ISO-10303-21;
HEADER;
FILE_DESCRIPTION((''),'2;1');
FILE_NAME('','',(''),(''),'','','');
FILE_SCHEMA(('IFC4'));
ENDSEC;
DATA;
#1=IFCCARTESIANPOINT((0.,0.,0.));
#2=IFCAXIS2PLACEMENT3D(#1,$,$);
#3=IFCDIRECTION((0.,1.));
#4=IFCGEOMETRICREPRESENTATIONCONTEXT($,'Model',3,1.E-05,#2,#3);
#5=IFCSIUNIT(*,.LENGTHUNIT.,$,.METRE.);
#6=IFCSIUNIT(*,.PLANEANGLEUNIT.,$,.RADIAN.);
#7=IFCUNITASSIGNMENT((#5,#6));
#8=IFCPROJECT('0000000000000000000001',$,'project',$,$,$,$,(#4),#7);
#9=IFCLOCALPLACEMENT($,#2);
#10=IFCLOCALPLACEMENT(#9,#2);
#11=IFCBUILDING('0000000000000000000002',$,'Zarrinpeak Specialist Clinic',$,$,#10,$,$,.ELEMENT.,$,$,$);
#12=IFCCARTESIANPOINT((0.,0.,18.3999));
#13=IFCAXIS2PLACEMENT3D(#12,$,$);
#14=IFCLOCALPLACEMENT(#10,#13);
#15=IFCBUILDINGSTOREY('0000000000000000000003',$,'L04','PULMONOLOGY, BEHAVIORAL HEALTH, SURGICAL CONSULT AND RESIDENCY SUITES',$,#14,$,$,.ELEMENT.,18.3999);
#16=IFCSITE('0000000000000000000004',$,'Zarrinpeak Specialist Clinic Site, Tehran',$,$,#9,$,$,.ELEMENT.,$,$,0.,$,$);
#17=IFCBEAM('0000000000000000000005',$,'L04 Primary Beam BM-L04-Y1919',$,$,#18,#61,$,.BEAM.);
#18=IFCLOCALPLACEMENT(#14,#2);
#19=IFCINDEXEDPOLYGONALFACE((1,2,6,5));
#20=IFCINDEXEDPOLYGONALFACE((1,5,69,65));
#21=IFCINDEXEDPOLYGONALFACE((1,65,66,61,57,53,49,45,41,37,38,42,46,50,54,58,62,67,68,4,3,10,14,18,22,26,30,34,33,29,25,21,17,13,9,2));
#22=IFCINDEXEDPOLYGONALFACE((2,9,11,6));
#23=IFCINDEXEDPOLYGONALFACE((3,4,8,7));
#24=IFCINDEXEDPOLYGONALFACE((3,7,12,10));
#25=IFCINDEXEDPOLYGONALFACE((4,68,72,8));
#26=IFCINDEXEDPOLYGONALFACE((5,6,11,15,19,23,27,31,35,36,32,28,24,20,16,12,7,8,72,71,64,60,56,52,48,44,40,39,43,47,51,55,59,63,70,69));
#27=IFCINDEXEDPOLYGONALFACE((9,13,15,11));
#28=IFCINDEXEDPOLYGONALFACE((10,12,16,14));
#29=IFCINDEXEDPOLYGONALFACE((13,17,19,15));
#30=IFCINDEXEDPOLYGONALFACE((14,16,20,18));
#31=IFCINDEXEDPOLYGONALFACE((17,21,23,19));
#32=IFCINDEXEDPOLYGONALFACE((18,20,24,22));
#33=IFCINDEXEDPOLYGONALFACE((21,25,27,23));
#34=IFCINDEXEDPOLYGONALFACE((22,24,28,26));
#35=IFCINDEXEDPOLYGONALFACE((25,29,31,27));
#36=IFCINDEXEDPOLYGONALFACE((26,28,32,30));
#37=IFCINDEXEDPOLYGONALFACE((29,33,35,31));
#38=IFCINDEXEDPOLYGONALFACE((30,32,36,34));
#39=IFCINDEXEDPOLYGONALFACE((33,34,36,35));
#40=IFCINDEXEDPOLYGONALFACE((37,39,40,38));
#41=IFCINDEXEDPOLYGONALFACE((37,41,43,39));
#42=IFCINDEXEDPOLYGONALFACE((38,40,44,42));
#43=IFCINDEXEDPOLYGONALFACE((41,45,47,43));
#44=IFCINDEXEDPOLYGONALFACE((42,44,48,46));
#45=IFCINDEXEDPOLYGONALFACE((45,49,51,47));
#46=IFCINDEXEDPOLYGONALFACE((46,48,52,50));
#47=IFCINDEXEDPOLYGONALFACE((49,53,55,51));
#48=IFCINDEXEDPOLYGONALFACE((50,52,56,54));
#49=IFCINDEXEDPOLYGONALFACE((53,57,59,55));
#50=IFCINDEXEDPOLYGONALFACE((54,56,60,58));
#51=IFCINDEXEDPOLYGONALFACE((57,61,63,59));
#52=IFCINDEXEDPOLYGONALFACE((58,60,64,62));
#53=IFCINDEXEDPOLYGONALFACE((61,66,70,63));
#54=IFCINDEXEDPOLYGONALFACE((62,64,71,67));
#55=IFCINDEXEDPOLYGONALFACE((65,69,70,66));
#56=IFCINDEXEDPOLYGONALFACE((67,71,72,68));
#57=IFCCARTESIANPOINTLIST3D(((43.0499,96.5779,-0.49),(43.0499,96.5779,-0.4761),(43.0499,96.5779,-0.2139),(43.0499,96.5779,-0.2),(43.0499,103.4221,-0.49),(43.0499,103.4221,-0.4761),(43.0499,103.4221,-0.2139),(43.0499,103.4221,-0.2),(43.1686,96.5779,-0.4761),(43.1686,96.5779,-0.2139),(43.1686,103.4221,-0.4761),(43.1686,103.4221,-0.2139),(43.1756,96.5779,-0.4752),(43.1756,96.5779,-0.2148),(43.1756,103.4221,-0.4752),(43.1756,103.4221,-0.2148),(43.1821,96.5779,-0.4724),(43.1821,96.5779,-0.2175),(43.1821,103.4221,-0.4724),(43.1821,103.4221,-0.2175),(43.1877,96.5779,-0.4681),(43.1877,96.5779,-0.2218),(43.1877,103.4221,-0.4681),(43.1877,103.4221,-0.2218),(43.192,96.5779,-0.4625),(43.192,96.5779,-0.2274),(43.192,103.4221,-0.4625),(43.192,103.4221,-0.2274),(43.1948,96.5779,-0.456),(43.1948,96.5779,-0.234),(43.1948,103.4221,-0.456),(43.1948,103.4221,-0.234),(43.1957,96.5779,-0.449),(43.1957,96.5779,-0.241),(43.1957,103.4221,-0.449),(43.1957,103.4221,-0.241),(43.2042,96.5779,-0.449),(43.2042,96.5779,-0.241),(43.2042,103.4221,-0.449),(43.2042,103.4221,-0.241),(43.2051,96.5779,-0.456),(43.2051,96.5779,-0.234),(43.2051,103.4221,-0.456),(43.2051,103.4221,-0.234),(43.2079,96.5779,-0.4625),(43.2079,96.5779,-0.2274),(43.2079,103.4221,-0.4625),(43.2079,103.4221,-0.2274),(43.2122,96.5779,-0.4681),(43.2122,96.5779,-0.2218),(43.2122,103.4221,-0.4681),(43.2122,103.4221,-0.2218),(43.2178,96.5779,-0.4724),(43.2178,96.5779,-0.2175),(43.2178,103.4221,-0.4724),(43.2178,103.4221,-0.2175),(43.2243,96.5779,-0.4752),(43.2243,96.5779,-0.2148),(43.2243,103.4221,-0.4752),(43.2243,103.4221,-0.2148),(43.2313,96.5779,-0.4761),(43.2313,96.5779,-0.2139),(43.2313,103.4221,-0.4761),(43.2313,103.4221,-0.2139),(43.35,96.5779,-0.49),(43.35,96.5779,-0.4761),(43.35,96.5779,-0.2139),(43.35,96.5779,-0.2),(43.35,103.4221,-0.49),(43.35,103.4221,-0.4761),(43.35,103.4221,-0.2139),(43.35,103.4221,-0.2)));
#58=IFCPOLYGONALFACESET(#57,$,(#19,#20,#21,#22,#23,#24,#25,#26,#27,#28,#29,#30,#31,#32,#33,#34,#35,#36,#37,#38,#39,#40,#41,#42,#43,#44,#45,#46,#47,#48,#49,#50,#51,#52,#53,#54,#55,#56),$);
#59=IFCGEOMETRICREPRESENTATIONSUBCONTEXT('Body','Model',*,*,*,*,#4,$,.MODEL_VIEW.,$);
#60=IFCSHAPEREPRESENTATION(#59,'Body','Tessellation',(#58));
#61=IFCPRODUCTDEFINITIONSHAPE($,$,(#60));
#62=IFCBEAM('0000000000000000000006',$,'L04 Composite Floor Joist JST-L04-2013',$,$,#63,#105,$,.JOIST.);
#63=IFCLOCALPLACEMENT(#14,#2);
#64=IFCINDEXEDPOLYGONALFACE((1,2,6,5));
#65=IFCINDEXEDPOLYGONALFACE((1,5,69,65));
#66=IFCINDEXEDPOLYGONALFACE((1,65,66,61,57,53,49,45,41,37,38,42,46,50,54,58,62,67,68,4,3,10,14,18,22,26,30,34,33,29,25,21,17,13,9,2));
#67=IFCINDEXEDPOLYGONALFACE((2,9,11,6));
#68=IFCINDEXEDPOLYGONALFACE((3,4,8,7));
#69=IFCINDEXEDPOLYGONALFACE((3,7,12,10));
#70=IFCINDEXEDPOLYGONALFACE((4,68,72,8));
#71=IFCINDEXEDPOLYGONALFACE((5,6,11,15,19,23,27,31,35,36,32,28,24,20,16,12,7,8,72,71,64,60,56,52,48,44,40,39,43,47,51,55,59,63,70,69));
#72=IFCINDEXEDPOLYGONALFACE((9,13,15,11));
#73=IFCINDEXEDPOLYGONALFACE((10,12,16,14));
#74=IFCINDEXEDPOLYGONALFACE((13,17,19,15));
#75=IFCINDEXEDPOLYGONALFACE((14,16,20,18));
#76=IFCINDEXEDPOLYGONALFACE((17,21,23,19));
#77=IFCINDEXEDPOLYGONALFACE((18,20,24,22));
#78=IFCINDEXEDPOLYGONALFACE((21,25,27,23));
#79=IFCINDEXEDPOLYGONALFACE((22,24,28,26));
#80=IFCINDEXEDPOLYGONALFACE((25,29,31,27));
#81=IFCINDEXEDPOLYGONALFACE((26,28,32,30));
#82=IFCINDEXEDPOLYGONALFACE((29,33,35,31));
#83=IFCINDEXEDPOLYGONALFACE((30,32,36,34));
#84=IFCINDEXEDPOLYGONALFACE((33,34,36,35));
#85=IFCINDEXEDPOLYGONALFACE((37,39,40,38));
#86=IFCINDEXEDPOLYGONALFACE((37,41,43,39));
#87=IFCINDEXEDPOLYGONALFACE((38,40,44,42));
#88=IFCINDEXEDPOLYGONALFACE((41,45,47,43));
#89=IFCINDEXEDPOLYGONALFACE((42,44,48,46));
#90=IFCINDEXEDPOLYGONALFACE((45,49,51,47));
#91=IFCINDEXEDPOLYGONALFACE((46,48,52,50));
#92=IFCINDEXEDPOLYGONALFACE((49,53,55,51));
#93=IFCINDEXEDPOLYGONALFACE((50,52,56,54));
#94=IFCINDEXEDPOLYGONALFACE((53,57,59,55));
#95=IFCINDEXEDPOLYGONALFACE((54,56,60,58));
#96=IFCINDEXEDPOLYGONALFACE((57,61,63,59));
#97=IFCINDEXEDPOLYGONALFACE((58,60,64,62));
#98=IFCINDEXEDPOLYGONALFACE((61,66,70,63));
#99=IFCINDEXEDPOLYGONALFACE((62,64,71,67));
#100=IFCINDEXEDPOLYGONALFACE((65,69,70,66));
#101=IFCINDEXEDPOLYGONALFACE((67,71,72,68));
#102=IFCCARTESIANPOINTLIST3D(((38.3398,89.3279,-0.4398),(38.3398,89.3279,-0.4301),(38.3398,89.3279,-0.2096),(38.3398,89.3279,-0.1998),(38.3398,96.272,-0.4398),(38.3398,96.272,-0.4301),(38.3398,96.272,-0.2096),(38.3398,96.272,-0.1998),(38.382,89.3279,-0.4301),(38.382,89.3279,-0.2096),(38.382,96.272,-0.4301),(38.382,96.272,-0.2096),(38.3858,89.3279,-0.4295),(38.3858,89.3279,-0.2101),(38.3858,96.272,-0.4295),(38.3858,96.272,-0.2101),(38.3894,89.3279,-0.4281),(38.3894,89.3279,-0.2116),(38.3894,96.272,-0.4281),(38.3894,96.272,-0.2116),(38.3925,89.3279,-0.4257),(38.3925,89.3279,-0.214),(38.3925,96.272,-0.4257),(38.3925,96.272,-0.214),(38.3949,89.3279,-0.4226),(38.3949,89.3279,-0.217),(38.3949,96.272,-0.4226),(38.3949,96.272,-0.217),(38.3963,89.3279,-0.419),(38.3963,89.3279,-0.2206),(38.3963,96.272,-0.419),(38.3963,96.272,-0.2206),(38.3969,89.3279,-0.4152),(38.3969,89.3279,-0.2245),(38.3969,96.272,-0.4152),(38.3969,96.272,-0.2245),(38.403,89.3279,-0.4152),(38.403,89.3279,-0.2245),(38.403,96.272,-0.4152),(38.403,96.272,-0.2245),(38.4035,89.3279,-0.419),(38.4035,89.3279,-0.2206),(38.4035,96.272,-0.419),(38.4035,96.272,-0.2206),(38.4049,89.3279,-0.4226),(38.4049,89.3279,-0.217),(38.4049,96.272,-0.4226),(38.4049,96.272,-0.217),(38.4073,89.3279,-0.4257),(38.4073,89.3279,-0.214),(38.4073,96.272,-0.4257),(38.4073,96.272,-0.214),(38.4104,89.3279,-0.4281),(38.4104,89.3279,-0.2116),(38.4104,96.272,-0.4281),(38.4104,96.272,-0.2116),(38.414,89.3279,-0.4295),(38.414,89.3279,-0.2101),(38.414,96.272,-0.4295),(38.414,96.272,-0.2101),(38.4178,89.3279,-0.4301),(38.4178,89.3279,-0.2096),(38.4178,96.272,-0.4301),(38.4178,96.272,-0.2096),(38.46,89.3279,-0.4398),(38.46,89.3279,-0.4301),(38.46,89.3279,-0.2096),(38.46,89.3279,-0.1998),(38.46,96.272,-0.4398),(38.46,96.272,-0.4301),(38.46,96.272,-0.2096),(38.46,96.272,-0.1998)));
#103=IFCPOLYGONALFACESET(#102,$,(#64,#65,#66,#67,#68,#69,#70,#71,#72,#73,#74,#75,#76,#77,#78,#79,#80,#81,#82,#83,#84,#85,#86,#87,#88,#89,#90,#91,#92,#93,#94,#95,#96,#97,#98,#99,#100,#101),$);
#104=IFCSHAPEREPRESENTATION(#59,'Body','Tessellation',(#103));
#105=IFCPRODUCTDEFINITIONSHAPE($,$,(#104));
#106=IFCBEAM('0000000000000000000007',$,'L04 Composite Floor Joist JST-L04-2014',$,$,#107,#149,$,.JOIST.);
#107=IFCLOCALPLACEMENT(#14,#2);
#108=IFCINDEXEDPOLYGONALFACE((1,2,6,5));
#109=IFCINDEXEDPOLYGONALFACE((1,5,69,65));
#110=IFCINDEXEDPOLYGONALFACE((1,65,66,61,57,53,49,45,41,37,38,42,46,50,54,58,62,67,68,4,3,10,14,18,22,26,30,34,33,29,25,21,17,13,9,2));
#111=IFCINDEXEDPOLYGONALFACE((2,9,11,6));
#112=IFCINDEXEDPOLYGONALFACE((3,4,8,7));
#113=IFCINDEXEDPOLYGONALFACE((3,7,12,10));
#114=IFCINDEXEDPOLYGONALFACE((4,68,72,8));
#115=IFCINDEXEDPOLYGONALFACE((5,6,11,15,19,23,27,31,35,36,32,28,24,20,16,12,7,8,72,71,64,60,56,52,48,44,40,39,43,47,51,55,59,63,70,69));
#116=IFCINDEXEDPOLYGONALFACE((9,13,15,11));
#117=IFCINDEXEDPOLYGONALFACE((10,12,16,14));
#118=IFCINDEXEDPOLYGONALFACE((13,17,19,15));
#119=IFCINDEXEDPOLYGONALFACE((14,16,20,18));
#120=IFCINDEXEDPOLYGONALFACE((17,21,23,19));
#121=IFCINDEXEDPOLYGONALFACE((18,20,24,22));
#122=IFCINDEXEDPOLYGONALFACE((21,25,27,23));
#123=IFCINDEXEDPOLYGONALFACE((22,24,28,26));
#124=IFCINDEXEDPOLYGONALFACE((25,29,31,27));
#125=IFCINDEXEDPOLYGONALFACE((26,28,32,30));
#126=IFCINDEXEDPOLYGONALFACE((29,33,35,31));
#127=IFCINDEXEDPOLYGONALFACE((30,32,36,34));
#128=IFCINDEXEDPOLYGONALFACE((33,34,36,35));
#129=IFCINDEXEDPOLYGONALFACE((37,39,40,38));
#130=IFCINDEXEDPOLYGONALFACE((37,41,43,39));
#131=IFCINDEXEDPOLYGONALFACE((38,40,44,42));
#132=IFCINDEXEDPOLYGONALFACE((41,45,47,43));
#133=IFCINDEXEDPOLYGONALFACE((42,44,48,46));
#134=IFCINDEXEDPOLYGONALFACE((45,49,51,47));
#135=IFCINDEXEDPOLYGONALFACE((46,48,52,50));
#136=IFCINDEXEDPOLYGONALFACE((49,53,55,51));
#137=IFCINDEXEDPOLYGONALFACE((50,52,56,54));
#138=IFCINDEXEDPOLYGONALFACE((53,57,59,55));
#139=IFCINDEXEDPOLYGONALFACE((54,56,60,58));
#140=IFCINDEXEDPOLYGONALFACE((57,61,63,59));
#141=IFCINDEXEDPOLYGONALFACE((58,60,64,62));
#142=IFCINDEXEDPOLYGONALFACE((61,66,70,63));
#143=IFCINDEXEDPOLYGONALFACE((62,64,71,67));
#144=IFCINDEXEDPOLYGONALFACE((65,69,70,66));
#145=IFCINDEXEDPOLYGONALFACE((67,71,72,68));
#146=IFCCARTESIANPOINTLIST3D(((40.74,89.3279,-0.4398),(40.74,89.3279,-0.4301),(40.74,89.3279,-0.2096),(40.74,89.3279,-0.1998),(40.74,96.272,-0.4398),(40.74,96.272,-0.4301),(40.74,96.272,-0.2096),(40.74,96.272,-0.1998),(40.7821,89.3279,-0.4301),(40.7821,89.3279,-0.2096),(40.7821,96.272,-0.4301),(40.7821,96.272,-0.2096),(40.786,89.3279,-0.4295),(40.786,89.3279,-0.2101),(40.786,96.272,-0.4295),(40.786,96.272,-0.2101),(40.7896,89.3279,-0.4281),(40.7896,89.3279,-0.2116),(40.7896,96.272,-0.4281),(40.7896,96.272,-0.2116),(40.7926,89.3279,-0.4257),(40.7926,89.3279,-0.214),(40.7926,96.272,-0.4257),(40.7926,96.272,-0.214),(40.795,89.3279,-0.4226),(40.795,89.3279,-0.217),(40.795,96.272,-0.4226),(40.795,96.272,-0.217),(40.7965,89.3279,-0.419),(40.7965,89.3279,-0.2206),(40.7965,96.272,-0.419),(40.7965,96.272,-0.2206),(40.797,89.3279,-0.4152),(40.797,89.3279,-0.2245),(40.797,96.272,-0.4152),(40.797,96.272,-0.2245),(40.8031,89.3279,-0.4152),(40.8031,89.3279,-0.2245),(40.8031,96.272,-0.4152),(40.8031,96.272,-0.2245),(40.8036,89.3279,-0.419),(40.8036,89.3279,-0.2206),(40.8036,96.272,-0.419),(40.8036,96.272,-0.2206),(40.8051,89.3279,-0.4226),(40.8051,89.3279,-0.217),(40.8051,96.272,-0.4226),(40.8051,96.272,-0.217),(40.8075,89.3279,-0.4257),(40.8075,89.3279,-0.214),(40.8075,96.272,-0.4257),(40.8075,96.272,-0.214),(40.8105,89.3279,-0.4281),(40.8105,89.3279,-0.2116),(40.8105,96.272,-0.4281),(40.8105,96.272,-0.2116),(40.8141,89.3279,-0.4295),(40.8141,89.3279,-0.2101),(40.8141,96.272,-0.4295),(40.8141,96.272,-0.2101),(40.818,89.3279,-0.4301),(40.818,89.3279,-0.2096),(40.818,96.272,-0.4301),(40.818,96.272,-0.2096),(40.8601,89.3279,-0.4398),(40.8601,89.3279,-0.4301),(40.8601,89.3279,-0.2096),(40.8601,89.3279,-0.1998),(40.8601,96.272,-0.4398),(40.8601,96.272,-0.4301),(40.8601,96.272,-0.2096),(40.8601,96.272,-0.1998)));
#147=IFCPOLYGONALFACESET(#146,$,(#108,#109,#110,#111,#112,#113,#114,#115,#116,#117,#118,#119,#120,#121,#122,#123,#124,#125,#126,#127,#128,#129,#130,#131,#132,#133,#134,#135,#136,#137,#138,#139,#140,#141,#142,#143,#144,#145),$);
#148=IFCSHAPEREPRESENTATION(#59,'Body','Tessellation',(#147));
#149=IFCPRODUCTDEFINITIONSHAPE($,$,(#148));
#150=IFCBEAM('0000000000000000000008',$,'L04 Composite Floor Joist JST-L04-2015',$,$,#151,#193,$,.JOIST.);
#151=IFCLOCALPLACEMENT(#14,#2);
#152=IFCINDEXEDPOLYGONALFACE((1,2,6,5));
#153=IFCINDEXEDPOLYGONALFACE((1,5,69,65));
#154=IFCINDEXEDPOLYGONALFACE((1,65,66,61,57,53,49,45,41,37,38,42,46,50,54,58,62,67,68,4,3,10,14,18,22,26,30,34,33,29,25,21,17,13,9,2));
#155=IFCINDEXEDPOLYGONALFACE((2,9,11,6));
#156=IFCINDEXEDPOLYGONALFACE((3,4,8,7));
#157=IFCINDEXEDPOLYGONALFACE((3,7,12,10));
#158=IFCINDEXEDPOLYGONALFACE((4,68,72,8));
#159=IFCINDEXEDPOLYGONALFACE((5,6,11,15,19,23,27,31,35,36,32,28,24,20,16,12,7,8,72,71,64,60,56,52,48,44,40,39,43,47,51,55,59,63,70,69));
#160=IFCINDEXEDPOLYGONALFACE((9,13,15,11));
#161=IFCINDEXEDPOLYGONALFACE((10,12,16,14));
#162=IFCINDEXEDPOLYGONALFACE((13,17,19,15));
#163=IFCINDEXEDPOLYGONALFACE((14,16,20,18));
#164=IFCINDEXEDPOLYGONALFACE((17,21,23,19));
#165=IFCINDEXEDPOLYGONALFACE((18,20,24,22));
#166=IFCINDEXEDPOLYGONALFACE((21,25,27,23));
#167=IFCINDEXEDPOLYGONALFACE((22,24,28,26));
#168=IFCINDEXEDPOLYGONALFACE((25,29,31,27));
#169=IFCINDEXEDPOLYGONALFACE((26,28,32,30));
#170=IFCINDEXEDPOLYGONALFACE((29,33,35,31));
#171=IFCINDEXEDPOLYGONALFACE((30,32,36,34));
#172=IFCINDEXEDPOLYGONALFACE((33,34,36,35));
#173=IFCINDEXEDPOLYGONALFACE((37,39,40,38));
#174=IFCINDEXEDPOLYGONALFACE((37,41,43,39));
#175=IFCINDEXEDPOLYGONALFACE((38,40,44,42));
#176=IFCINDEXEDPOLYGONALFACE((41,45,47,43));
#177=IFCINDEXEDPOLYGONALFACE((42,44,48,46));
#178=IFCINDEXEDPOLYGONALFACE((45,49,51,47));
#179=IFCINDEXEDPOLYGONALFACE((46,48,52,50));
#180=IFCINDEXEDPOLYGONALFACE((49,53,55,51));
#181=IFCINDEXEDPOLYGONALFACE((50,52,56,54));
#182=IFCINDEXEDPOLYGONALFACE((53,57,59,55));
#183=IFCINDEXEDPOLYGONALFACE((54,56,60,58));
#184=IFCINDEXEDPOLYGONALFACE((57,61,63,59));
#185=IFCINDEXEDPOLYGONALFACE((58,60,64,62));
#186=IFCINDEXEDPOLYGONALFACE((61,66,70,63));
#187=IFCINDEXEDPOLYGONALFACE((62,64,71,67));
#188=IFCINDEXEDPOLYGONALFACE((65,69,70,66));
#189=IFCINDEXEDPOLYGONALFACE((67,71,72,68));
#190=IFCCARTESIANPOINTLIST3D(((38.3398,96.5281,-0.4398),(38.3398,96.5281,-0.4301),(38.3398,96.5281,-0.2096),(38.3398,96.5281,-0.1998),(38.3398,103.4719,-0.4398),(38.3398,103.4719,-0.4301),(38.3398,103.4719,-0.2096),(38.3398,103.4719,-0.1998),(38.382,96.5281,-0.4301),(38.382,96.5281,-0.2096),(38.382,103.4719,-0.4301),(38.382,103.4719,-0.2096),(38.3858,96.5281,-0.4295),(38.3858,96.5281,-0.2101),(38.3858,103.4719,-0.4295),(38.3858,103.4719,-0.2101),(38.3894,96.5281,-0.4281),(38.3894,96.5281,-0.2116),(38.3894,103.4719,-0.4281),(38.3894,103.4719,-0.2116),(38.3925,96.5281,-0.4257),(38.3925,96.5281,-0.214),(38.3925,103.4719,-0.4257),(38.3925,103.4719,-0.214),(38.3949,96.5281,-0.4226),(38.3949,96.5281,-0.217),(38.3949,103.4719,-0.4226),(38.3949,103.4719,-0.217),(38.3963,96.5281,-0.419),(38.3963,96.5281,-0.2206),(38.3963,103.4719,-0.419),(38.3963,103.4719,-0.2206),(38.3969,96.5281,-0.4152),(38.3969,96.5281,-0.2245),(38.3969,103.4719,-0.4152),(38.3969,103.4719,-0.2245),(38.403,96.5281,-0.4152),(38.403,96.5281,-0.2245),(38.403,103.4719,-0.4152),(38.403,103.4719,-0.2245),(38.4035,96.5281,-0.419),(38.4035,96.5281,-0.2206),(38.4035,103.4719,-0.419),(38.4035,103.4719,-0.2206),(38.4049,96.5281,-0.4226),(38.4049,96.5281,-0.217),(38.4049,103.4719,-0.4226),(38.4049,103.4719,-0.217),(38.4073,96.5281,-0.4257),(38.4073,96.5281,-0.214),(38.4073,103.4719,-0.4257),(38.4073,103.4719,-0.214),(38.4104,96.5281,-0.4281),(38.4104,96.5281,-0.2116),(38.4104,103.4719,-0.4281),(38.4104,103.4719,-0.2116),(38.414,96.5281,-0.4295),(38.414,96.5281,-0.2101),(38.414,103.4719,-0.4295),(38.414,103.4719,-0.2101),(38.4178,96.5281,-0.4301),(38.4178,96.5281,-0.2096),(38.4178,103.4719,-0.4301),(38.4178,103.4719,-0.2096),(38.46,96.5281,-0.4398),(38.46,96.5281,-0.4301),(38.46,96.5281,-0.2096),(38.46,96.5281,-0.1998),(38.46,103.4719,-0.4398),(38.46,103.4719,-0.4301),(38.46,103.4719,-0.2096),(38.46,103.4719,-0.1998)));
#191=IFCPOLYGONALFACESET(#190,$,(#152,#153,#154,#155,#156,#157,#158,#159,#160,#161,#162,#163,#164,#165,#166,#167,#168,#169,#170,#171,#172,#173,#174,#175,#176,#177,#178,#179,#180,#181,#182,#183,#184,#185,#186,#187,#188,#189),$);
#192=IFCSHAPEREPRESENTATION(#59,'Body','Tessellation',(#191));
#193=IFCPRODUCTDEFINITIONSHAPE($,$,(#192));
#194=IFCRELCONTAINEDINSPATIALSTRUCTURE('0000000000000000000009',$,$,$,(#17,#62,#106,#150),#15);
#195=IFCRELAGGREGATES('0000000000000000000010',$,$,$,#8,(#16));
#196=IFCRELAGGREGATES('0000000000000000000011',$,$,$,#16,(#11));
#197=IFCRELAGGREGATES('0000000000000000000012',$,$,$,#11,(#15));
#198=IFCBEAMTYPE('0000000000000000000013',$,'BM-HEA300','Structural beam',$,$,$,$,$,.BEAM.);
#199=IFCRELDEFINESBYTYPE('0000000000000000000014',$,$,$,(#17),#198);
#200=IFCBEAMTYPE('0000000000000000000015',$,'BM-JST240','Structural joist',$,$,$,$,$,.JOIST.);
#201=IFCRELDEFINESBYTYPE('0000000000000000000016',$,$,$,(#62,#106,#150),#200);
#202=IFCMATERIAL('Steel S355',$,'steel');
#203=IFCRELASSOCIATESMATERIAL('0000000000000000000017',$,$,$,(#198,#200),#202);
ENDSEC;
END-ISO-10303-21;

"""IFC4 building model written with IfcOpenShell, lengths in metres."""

from ifc_helpers import new_model, si_unit, direction, frame, origin, origin_2d, place, context, subcontext, project, spatial, i_section, extrude, material, material_profile, profile_set, type_object, element, save


model = new_model("IFC4")

# Units and contexts
model_context = context("Model", 3, precision=1e-05, world=origin(), true_north=direction((0.0, 1.0)))
body_context = subcontext(model_context, "Body", "Model", "MODEL_VIEW")
ifc_project = project(units=[si_unit("LENGTHUNIT", "METRE"), si_unit("PLANEANGLEUNIT", "RADIAN")], contexts=[model_context])

# Site, building, storey
site_placement = place(None, origin())
site = spatial("IfcSite", under=ifc_project, at=site_placement, Name="Zarrinpeak Specialist Clinic Site, Tehran", CompositionType="ELEMENT", RefElevation=0.0)
building_placement = place(site_placement, origin())
building = spatial("IfcBuilding", under=site, at=building_placement, Name="Zarrinpeak Specialist Clinic", CompositionType="ELEMENT")
storey_placement = place(building_placement, frame((0.0, 0.0, 18.3999)))
storey = spatial("IfcBuildingStorey", under=building, at=storey_placement, Name="L04", Description="PULMONOLOGY, BEHAVIORAL HEALTH, SURGICAL CONSULT AND RESIDENCY SUITES", CompositionType="ELEMENT", Elevation=18.3999)

# Shared definitions
ifc_material_1 = material(Name="Steel S355", Category="steel")

# Beams
ifc_material_profile_1 = material_profile(ifc_material_1, i_section(OverallWidth=0.3, OverallDepth=0.29, WebThickness=0.0085, FlangeThickness=0.0139, FilletRadius=0.0271, at=origin_2d()), Name="HEA 300")
ifc_profile_set_1 = profile_set([ifc_material_profile_1], Name="Steel S355")
beam_type_1 = type_object("IfcBeamType", Name="BM-HEA300", Description="Structural beam", PredefinedType="BEAM", material=ifc_profile_set_1)
beam_1_placement = place(storey_placement, frame((43.2, 96.5779, -0.345), z_axis=(0.0, 1.0, 0.0), x_axis=(-1.0, 0.0, 0.0)))
element("IfcBeam", 1, at=beam_1_placement, inside=storey, type_object=beam_type_1, Name="L04 Primary Beam BM-L04-Y1919", PredefinedType="BEAM", context=body_context, shape_type="SweptSolid", body=[
    extrude(i_section(OverallWidth=0.3, OverallDepth=0.29, WebThickness=0.0085, FlangeThickness=0.0139, FilletRadius=0.0271, at=origin_2d()), origin(), (0.0, 0.0, 1.0), 6.8442),
])
ifc_material_profile_2 = material_profile(ifc_material_1, i_section(OverallWidth=0.1201, OverallDepth=0.24, WebThickness=0.0061, FlangeThickness=0.0098, FilletRadius=0.0149, at=origin_2d()), Name="IPE 240")
ifc_profile_set_2 = profile_set([ifc_material_profile_2], Name="Steel S355")
beam_type_2 = type_object("IfcBeamType", Name="BM-JST240", Description="Structural joist", PredefinedType="JOIST", material=ifc_profile_set_2)
for number, where, z_axis, x_axis, name in (
    (2, (38.3999, 89.3279, -0.3198), (0.0, 1.0, 0.0), (-1.0, 0.0, 0.0), "L04 Composite Floor Joist JST-L04-2013"),
    (3, (40.8, 89.3279, -0.3198), (0.0, 1.0, 0.0), (-1.0, 0.0, 0.0), "L04 Composite Floor Joist JST-L04-2014"),
):
    element("IfcBeam", number, at=place(storey_placement, frame(where, z_axis=z_axis, x_axis=x_axis)), inside=storey, type_object=beam_type_2, Name=name, PredefinedType="JOIST", context=body_context, shape_type="SweptSolid", body=[
        extrude(i_section(OverallWidth=0.1201, OverallDepth=0.24, WebThickness=0.0061, FlangeThickness=0.0098, FilletRadius=0.0149, at=origin_2d()), origin(), (0.0, 0.0, 1.0), 6.9441),
    ])
for number, where, z_axis, x_axis, name in (
    (4, (38.3999, 96.5281, -0.3198), (0.0, 1.0, 0.0), (-1.0, 0.0, 0.0), "L04 Composite Floor Joist JST-L04-2015"),
):
    element("IfcBeam", number, at=place(storey_placement, frame(where, z_axis=z_axis, x_axis=x_axis)), inside=storey, type_object=beam_type_2, Name=name, PredefinedType="JOIST", context=body_context, shape_type="SweptSolid", body=[
        extrude(i_section(OverallWidth=0.1201, OverallDepth=0.24, WebThickness=0.0061, FlangeThickness=0.0098, FilletRadius=0.0149, at=origin_2d()), origin(), (0.0, 0.0, 1.0), 6.9438),
    ])

save(model, "model.ifc")
